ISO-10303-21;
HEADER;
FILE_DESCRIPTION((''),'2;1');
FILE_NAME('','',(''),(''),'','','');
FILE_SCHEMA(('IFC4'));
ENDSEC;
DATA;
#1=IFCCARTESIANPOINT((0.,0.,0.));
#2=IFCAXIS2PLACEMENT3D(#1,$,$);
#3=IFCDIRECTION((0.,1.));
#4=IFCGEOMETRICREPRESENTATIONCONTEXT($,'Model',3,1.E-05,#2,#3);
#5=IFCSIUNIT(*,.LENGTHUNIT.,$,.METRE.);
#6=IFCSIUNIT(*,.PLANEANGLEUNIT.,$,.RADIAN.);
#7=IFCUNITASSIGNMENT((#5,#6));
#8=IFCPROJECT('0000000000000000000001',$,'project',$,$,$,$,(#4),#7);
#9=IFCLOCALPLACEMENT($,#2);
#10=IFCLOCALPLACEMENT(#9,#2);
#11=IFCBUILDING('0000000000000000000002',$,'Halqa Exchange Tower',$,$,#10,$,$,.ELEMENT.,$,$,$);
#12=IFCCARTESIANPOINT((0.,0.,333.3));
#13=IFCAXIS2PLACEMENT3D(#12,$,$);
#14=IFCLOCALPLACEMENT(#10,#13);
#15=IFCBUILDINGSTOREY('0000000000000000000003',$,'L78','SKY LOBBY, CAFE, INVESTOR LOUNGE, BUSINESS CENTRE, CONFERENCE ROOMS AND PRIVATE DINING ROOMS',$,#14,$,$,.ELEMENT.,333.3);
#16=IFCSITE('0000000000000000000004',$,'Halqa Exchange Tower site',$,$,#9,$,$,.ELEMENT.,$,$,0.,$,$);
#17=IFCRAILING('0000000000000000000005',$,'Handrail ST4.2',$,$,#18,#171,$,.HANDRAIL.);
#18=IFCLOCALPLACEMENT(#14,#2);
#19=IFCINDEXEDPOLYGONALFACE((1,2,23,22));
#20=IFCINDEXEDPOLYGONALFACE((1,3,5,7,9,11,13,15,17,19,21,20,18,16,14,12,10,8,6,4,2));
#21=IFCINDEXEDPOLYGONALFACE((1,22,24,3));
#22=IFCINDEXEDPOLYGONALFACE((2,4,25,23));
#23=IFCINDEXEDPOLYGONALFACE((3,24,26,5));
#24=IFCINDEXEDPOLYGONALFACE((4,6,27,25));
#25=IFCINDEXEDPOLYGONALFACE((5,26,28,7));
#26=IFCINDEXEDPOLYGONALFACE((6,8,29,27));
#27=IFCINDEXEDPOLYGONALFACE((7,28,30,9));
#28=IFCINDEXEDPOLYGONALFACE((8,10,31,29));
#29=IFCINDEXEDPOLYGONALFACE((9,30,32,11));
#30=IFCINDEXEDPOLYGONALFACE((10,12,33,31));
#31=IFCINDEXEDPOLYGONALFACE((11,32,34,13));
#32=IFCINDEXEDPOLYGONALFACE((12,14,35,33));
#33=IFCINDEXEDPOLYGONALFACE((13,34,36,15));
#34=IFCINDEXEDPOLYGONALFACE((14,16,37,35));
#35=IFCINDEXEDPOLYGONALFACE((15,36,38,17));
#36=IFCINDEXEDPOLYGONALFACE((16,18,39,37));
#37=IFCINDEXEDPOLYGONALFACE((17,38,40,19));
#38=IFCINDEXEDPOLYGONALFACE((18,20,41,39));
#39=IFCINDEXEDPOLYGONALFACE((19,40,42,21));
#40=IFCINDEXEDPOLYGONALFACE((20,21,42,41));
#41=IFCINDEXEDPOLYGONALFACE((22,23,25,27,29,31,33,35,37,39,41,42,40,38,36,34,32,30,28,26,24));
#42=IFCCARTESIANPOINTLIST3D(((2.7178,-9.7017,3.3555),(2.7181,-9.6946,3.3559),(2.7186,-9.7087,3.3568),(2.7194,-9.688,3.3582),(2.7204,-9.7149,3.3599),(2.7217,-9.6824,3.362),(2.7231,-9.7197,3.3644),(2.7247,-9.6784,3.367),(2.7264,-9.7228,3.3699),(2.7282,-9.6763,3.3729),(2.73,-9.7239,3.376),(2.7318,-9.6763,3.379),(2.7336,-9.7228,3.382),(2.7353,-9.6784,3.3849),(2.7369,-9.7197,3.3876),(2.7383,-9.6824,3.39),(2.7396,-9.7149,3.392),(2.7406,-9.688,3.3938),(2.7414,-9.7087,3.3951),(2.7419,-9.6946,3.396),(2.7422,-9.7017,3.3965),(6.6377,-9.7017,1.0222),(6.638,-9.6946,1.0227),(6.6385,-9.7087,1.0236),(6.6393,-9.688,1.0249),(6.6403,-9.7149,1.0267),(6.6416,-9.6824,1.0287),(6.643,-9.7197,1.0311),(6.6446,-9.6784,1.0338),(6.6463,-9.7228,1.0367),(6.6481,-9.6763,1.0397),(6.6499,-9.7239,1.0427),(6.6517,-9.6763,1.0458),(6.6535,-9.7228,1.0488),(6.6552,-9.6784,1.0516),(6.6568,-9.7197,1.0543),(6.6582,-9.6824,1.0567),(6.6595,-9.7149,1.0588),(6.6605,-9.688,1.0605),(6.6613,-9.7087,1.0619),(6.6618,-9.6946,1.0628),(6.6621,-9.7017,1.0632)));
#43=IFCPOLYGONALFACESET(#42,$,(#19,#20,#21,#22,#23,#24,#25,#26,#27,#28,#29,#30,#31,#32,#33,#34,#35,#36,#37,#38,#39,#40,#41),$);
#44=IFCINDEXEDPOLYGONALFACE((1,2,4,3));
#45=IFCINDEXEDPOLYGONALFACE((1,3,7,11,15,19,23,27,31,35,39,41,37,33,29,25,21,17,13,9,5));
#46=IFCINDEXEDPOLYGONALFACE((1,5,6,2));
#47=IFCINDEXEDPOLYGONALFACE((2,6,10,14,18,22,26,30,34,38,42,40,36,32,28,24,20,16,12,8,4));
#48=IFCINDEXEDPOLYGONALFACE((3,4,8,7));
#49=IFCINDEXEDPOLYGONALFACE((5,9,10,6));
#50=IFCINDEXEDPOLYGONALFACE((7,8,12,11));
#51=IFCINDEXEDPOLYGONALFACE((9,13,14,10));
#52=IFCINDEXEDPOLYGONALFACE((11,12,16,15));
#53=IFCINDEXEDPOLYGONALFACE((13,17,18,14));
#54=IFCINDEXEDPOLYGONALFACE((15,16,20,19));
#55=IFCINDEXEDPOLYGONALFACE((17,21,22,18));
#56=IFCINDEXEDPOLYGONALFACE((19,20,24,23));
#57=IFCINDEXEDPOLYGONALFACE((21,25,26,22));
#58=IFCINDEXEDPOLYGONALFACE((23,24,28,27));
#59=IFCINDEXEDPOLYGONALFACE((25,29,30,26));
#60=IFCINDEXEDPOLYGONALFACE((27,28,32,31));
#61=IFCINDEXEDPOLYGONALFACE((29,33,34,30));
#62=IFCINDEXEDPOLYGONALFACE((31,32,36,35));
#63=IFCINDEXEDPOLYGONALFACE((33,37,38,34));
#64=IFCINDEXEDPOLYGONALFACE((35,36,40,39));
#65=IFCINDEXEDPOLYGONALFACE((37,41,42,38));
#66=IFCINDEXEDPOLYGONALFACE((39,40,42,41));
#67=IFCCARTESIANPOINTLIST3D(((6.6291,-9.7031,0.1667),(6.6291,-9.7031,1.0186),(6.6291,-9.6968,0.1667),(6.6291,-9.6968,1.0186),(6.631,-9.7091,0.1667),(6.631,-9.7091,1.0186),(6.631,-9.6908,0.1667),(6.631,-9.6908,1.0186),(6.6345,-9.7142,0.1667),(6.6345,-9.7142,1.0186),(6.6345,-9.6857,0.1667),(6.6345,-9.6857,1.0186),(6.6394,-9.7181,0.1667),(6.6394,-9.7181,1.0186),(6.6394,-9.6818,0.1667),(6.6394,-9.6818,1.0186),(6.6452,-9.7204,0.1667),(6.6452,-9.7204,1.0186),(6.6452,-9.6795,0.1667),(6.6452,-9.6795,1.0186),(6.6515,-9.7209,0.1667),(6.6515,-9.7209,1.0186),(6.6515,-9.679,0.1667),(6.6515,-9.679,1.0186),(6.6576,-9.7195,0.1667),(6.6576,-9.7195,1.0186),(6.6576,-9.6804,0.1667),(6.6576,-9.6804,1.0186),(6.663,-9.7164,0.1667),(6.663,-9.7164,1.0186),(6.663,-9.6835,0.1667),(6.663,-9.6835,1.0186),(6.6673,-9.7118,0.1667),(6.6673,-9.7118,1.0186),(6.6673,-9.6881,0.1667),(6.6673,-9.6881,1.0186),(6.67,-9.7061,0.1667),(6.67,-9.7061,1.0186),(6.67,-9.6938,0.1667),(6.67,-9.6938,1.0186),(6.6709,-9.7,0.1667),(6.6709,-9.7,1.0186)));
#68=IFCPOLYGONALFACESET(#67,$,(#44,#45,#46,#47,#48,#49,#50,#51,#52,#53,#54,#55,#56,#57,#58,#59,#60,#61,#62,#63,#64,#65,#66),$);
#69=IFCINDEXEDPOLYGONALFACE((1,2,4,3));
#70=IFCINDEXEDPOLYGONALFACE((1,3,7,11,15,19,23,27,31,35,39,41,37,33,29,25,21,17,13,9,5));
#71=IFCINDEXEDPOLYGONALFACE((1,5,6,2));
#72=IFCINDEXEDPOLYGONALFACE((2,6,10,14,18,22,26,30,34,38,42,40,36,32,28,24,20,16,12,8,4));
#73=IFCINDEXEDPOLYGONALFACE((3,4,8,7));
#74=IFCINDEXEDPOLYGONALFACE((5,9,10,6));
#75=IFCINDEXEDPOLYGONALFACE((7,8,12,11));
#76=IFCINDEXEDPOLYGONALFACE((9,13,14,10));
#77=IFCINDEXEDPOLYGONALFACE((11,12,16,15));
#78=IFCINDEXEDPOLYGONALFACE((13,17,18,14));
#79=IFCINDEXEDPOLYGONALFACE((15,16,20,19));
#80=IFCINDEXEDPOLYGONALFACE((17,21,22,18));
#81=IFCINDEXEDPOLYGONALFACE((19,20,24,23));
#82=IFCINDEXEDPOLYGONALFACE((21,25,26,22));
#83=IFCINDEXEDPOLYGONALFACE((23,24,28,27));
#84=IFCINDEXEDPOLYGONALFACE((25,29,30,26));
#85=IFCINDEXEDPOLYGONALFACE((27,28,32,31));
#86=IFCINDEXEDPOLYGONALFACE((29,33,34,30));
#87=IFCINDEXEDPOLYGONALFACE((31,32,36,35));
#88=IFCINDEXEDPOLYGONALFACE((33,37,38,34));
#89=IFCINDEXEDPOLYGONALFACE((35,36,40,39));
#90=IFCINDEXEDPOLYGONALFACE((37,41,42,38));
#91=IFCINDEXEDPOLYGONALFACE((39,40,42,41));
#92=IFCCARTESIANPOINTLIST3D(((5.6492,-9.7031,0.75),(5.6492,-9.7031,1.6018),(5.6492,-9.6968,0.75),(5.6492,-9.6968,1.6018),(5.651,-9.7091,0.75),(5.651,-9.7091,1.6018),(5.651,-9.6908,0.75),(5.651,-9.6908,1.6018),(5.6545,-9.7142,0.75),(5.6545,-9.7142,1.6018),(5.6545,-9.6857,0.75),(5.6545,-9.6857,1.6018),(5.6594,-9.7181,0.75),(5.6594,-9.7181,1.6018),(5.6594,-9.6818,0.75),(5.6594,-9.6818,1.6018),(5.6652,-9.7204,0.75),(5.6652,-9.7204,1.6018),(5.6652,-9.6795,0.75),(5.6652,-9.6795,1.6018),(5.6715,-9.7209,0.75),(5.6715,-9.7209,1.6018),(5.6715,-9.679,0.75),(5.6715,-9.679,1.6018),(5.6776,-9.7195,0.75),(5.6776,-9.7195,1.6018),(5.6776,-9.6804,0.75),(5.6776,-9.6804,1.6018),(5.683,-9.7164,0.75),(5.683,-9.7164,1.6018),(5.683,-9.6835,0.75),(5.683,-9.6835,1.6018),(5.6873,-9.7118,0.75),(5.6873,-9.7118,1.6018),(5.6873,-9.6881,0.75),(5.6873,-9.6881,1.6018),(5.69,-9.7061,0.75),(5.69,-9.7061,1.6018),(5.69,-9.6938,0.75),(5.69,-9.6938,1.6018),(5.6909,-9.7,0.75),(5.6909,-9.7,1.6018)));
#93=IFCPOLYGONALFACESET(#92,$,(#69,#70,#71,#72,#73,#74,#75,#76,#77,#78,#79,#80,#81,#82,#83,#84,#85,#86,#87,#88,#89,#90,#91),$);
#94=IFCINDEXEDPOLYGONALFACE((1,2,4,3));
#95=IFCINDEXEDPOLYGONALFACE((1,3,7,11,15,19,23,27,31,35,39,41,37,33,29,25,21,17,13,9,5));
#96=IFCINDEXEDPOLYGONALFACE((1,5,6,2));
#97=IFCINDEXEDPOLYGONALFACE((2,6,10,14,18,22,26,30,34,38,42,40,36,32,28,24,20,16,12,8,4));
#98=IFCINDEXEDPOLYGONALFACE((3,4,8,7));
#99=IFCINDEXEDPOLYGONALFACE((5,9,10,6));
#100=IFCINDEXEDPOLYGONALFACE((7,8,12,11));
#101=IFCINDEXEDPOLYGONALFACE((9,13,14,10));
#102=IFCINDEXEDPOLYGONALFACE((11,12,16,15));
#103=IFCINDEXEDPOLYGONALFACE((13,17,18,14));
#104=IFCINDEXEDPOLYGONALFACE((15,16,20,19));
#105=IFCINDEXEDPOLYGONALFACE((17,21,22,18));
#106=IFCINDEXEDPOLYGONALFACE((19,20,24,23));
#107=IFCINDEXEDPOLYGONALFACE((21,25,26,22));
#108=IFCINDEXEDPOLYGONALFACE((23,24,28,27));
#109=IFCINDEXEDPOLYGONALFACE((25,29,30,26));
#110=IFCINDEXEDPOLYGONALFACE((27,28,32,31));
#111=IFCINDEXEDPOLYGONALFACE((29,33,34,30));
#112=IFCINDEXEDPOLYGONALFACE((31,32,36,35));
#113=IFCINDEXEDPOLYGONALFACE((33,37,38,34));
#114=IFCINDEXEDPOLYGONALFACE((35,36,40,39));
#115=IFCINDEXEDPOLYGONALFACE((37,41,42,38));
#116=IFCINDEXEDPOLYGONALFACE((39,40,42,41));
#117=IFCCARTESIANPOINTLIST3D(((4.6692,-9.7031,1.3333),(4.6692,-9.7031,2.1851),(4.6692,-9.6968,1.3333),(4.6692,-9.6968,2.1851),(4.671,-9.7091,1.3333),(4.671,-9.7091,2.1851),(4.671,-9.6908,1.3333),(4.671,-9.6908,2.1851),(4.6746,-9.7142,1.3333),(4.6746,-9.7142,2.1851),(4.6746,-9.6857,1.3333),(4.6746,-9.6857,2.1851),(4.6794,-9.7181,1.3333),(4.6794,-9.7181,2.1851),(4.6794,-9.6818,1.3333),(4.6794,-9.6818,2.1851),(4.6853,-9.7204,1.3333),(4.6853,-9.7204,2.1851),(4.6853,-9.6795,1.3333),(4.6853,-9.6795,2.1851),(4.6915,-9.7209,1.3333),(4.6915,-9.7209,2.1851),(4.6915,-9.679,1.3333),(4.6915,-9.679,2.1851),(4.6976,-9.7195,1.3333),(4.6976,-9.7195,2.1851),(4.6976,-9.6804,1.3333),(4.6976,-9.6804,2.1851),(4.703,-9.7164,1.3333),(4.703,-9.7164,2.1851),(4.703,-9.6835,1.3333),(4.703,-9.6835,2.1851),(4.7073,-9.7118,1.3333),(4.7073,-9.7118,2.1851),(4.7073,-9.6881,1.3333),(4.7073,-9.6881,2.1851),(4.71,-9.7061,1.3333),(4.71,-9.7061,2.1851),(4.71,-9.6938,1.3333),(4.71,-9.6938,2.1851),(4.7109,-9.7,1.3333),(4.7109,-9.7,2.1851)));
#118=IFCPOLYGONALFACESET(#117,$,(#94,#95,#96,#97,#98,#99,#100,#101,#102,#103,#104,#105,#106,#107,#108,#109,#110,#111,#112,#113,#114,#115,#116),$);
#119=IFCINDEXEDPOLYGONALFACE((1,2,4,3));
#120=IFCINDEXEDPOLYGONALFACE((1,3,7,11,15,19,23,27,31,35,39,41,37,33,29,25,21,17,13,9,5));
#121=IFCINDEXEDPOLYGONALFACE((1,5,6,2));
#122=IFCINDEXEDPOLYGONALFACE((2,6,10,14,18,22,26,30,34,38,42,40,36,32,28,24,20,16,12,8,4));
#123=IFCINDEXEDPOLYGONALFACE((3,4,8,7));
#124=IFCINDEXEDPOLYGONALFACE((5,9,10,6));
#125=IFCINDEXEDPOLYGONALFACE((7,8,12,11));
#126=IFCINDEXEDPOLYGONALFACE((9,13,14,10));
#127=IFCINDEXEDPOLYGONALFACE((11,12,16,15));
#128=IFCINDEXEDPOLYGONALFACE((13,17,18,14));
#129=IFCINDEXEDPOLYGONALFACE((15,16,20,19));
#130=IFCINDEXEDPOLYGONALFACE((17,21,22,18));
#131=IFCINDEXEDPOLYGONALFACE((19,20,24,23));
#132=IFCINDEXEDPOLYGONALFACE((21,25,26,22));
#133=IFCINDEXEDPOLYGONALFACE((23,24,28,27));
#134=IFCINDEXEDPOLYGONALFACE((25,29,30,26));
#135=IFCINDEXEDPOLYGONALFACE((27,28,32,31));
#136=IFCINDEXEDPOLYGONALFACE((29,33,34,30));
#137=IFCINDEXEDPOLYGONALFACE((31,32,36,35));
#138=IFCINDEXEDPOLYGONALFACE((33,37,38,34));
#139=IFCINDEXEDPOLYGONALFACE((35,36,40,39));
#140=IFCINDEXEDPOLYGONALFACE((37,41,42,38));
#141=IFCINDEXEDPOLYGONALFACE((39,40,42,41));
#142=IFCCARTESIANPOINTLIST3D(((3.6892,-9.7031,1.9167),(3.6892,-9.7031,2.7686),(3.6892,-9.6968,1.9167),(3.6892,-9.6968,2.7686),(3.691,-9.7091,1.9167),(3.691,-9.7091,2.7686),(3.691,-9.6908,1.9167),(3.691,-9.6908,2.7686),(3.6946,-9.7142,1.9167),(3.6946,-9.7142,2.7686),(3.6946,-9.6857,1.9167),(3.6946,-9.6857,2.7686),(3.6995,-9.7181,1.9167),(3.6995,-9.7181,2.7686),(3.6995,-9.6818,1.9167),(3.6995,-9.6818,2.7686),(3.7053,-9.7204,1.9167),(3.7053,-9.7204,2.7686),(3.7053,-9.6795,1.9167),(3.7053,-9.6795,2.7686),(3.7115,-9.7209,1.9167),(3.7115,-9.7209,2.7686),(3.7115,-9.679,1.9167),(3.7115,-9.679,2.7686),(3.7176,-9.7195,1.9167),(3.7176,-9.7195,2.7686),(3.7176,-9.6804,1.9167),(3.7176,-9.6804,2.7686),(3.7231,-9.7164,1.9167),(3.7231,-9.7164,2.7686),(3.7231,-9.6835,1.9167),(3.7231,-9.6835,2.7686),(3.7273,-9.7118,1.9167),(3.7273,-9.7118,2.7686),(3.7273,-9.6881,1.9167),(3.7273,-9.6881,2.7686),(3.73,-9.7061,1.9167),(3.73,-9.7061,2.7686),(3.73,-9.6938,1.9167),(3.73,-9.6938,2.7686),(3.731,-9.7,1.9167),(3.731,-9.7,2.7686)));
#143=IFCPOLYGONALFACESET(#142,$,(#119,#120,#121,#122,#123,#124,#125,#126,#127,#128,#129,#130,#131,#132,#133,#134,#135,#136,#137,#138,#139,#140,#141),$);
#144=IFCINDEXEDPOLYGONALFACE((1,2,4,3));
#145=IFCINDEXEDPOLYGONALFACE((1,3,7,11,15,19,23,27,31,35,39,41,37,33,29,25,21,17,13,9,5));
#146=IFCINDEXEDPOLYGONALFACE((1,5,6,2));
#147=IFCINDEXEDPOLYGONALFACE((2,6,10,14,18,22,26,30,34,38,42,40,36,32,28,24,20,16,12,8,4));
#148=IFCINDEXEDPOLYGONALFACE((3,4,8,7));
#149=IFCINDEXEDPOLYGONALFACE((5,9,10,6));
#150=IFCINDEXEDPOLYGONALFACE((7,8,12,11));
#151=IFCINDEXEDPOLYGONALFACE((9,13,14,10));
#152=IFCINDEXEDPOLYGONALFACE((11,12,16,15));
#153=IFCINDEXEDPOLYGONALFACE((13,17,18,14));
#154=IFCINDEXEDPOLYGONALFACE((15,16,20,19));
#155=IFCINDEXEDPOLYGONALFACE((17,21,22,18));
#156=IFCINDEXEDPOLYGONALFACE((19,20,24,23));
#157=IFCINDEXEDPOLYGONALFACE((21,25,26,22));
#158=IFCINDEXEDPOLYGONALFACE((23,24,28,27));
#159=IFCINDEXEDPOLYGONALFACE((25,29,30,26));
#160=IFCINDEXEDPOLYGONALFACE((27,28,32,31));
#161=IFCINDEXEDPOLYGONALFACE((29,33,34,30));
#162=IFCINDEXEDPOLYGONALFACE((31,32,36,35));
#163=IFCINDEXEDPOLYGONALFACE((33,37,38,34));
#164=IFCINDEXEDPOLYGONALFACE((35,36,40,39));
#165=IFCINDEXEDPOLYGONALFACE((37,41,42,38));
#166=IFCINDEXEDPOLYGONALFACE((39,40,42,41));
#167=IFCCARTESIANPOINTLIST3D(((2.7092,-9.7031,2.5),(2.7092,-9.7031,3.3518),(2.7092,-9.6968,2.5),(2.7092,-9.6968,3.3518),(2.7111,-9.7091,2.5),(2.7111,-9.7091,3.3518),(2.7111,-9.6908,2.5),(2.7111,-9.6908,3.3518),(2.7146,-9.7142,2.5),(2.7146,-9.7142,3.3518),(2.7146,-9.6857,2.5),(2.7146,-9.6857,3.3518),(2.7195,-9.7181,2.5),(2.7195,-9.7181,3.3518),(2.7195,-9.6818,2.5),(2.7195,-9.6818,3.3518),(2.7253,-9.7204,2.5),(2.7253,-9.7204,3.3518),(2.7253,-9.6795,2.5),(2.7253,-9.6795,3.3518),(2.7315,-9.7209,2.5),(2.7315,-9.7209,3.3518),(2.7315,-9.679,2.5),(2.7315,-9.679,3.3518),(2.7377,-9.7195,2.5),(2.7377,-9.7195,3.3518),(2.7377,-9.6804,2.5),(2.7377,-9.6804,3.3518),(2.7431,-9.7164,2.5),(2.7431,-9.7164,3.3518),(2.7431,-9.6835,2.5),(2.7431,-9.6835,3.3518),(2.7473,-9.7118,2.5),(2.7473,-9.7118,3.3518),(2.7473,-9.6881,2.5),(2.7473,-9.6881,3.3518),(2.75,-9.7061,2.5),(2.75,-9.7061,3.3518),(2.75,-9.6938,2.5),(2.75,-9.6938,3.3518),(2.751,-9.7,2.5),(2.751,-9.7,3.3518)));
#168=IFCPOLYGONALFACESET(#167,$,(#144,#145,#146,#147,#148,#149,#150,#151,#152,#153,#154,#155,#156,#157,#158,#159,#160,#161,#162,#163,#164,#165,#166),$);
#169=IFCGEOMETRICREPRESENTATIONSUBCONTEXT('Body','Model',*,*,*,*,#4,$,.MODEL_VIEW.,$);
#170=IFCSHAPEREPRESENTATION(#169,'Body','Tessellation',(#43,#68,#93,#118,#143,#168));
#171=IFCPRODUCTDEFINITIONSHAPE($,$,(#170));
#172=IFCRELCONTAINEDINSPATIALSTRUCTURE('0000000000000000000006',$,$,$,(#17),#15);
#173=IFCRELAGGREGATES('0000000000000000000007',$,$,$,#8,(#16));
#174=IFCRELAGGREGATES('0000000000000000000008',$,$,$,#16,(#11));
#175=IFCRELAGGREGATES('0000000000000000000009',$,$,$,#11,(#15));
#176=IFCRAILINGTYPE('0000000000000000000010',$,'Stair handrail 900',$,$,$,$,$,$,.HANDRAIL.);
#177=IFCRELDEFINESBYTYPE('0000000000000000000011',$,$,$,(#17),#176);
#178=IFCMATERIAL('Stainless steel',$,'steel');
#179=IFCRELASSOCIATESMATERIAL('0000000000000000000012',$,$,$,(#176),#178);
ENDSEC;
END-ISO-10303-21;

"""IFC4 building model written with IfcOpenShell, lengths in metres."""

from ifc_helpers import new_model, si_unit, direction, frame, origin, origin_2d, place, context, subcontext, project, spatial, circle, extrude, material, type_object, element, save


model = new_model("IFC4")

# Units and contexts
model_context = context("Model", 3, precision=1e-05, world=origin(), true_north=direction((0.0, 1.0)))
body_context = subcontext(model_context, "Body", "Model", "MODEL_VIEW")
ifc_project = project(units=[si_unit("LENGTHUNIT", "METRE"), si_unit("PLANEANGLEUNIT", "RADIAN")], contexts=[model_context])

# Site, building, storey
site_placement = place(None, origin())
site = spatial("IfcSite", under=ifc_project, at=site_placement, Name="Halqa Exchange Tower site", CompositionType="ELEMENT", RefElevation=0.0)
building_placement = place(site_placement, origin())
building = spatial("IfcBuilding", under=site, at=building_placement, Name="Halqa Exchange Tower", CompositionType="ELEMENT")
storey_placement = place(building_placement, frame((0.0, 0.0, 333.3)))
storey = spatial("IfcBuildingStorey", under=building, at=storey_placement, Name="L78", Description="SKY LOBBY, CAFE, INVESTOR LOUNGE, BUSINESS CENTRE, CONFERENCE ROOMS AND PRIVATE DINING ROOMS", CompositionType="ELEMENT", Elevation=333.3)

# Railing
ifc_material_1 = material(Name="Stainless steel", Category="steel")
railing_type_1 = type_object("IfcRailingType", Name="Stair handrail 900", PredefinedType="HANDRAIL", material=ifc_material_1)
railing_1_placement = place(storey_placement, frame((6.6499, -9.7, 0.1667)))
element("IfcRailing", 1, at=railing_1_placement, inside=storey, type_object=railing_type_1, Name="Handrail ST4.2", PredefinedType="HANDRAIL", context=body_context, shape_type="SweptSolid", body=[
    extrude(circle(Radius=0.0239, at=origin_2d()), frame((0.0, 0.0, 0.876), z_axis=(-0.859296, 0.0, 0.511478), x_axis=(0.0, -1.0, 0.0)), (0.0, 0.0, 1.0), 4.5618),
    extrude(circle(Radius=0.021, at=origin_2d()), origin(), (0.0, 0.0, 1.0), 0.8518),
    extrude(circle(Radius=0.021, at=origin_2d()), frame((-0.98, 0.0, 0.5833)), (0.0, 0.0, 1.0), 0.8518),
    extrude(circle(Radius=0.021, at=origin_2d()), frame((-1.96, 0.0, 1.1665)), (0.0, 0.0, 1.0), 0.8518),
    extrude(circle(Radius=0.021, at=origin_2d()), frame((-2.9399, 0.0, 1.75)), (0.0, 0.0, 1.0), 0.8518),
    extrude(circle(Radius=0.021, at=origin_2d()), frame((-3.9199, 0.0, 2.3333)), (0.0, 0.0, 1.0), 0.8518),
])

save(model, "model.ifc")
